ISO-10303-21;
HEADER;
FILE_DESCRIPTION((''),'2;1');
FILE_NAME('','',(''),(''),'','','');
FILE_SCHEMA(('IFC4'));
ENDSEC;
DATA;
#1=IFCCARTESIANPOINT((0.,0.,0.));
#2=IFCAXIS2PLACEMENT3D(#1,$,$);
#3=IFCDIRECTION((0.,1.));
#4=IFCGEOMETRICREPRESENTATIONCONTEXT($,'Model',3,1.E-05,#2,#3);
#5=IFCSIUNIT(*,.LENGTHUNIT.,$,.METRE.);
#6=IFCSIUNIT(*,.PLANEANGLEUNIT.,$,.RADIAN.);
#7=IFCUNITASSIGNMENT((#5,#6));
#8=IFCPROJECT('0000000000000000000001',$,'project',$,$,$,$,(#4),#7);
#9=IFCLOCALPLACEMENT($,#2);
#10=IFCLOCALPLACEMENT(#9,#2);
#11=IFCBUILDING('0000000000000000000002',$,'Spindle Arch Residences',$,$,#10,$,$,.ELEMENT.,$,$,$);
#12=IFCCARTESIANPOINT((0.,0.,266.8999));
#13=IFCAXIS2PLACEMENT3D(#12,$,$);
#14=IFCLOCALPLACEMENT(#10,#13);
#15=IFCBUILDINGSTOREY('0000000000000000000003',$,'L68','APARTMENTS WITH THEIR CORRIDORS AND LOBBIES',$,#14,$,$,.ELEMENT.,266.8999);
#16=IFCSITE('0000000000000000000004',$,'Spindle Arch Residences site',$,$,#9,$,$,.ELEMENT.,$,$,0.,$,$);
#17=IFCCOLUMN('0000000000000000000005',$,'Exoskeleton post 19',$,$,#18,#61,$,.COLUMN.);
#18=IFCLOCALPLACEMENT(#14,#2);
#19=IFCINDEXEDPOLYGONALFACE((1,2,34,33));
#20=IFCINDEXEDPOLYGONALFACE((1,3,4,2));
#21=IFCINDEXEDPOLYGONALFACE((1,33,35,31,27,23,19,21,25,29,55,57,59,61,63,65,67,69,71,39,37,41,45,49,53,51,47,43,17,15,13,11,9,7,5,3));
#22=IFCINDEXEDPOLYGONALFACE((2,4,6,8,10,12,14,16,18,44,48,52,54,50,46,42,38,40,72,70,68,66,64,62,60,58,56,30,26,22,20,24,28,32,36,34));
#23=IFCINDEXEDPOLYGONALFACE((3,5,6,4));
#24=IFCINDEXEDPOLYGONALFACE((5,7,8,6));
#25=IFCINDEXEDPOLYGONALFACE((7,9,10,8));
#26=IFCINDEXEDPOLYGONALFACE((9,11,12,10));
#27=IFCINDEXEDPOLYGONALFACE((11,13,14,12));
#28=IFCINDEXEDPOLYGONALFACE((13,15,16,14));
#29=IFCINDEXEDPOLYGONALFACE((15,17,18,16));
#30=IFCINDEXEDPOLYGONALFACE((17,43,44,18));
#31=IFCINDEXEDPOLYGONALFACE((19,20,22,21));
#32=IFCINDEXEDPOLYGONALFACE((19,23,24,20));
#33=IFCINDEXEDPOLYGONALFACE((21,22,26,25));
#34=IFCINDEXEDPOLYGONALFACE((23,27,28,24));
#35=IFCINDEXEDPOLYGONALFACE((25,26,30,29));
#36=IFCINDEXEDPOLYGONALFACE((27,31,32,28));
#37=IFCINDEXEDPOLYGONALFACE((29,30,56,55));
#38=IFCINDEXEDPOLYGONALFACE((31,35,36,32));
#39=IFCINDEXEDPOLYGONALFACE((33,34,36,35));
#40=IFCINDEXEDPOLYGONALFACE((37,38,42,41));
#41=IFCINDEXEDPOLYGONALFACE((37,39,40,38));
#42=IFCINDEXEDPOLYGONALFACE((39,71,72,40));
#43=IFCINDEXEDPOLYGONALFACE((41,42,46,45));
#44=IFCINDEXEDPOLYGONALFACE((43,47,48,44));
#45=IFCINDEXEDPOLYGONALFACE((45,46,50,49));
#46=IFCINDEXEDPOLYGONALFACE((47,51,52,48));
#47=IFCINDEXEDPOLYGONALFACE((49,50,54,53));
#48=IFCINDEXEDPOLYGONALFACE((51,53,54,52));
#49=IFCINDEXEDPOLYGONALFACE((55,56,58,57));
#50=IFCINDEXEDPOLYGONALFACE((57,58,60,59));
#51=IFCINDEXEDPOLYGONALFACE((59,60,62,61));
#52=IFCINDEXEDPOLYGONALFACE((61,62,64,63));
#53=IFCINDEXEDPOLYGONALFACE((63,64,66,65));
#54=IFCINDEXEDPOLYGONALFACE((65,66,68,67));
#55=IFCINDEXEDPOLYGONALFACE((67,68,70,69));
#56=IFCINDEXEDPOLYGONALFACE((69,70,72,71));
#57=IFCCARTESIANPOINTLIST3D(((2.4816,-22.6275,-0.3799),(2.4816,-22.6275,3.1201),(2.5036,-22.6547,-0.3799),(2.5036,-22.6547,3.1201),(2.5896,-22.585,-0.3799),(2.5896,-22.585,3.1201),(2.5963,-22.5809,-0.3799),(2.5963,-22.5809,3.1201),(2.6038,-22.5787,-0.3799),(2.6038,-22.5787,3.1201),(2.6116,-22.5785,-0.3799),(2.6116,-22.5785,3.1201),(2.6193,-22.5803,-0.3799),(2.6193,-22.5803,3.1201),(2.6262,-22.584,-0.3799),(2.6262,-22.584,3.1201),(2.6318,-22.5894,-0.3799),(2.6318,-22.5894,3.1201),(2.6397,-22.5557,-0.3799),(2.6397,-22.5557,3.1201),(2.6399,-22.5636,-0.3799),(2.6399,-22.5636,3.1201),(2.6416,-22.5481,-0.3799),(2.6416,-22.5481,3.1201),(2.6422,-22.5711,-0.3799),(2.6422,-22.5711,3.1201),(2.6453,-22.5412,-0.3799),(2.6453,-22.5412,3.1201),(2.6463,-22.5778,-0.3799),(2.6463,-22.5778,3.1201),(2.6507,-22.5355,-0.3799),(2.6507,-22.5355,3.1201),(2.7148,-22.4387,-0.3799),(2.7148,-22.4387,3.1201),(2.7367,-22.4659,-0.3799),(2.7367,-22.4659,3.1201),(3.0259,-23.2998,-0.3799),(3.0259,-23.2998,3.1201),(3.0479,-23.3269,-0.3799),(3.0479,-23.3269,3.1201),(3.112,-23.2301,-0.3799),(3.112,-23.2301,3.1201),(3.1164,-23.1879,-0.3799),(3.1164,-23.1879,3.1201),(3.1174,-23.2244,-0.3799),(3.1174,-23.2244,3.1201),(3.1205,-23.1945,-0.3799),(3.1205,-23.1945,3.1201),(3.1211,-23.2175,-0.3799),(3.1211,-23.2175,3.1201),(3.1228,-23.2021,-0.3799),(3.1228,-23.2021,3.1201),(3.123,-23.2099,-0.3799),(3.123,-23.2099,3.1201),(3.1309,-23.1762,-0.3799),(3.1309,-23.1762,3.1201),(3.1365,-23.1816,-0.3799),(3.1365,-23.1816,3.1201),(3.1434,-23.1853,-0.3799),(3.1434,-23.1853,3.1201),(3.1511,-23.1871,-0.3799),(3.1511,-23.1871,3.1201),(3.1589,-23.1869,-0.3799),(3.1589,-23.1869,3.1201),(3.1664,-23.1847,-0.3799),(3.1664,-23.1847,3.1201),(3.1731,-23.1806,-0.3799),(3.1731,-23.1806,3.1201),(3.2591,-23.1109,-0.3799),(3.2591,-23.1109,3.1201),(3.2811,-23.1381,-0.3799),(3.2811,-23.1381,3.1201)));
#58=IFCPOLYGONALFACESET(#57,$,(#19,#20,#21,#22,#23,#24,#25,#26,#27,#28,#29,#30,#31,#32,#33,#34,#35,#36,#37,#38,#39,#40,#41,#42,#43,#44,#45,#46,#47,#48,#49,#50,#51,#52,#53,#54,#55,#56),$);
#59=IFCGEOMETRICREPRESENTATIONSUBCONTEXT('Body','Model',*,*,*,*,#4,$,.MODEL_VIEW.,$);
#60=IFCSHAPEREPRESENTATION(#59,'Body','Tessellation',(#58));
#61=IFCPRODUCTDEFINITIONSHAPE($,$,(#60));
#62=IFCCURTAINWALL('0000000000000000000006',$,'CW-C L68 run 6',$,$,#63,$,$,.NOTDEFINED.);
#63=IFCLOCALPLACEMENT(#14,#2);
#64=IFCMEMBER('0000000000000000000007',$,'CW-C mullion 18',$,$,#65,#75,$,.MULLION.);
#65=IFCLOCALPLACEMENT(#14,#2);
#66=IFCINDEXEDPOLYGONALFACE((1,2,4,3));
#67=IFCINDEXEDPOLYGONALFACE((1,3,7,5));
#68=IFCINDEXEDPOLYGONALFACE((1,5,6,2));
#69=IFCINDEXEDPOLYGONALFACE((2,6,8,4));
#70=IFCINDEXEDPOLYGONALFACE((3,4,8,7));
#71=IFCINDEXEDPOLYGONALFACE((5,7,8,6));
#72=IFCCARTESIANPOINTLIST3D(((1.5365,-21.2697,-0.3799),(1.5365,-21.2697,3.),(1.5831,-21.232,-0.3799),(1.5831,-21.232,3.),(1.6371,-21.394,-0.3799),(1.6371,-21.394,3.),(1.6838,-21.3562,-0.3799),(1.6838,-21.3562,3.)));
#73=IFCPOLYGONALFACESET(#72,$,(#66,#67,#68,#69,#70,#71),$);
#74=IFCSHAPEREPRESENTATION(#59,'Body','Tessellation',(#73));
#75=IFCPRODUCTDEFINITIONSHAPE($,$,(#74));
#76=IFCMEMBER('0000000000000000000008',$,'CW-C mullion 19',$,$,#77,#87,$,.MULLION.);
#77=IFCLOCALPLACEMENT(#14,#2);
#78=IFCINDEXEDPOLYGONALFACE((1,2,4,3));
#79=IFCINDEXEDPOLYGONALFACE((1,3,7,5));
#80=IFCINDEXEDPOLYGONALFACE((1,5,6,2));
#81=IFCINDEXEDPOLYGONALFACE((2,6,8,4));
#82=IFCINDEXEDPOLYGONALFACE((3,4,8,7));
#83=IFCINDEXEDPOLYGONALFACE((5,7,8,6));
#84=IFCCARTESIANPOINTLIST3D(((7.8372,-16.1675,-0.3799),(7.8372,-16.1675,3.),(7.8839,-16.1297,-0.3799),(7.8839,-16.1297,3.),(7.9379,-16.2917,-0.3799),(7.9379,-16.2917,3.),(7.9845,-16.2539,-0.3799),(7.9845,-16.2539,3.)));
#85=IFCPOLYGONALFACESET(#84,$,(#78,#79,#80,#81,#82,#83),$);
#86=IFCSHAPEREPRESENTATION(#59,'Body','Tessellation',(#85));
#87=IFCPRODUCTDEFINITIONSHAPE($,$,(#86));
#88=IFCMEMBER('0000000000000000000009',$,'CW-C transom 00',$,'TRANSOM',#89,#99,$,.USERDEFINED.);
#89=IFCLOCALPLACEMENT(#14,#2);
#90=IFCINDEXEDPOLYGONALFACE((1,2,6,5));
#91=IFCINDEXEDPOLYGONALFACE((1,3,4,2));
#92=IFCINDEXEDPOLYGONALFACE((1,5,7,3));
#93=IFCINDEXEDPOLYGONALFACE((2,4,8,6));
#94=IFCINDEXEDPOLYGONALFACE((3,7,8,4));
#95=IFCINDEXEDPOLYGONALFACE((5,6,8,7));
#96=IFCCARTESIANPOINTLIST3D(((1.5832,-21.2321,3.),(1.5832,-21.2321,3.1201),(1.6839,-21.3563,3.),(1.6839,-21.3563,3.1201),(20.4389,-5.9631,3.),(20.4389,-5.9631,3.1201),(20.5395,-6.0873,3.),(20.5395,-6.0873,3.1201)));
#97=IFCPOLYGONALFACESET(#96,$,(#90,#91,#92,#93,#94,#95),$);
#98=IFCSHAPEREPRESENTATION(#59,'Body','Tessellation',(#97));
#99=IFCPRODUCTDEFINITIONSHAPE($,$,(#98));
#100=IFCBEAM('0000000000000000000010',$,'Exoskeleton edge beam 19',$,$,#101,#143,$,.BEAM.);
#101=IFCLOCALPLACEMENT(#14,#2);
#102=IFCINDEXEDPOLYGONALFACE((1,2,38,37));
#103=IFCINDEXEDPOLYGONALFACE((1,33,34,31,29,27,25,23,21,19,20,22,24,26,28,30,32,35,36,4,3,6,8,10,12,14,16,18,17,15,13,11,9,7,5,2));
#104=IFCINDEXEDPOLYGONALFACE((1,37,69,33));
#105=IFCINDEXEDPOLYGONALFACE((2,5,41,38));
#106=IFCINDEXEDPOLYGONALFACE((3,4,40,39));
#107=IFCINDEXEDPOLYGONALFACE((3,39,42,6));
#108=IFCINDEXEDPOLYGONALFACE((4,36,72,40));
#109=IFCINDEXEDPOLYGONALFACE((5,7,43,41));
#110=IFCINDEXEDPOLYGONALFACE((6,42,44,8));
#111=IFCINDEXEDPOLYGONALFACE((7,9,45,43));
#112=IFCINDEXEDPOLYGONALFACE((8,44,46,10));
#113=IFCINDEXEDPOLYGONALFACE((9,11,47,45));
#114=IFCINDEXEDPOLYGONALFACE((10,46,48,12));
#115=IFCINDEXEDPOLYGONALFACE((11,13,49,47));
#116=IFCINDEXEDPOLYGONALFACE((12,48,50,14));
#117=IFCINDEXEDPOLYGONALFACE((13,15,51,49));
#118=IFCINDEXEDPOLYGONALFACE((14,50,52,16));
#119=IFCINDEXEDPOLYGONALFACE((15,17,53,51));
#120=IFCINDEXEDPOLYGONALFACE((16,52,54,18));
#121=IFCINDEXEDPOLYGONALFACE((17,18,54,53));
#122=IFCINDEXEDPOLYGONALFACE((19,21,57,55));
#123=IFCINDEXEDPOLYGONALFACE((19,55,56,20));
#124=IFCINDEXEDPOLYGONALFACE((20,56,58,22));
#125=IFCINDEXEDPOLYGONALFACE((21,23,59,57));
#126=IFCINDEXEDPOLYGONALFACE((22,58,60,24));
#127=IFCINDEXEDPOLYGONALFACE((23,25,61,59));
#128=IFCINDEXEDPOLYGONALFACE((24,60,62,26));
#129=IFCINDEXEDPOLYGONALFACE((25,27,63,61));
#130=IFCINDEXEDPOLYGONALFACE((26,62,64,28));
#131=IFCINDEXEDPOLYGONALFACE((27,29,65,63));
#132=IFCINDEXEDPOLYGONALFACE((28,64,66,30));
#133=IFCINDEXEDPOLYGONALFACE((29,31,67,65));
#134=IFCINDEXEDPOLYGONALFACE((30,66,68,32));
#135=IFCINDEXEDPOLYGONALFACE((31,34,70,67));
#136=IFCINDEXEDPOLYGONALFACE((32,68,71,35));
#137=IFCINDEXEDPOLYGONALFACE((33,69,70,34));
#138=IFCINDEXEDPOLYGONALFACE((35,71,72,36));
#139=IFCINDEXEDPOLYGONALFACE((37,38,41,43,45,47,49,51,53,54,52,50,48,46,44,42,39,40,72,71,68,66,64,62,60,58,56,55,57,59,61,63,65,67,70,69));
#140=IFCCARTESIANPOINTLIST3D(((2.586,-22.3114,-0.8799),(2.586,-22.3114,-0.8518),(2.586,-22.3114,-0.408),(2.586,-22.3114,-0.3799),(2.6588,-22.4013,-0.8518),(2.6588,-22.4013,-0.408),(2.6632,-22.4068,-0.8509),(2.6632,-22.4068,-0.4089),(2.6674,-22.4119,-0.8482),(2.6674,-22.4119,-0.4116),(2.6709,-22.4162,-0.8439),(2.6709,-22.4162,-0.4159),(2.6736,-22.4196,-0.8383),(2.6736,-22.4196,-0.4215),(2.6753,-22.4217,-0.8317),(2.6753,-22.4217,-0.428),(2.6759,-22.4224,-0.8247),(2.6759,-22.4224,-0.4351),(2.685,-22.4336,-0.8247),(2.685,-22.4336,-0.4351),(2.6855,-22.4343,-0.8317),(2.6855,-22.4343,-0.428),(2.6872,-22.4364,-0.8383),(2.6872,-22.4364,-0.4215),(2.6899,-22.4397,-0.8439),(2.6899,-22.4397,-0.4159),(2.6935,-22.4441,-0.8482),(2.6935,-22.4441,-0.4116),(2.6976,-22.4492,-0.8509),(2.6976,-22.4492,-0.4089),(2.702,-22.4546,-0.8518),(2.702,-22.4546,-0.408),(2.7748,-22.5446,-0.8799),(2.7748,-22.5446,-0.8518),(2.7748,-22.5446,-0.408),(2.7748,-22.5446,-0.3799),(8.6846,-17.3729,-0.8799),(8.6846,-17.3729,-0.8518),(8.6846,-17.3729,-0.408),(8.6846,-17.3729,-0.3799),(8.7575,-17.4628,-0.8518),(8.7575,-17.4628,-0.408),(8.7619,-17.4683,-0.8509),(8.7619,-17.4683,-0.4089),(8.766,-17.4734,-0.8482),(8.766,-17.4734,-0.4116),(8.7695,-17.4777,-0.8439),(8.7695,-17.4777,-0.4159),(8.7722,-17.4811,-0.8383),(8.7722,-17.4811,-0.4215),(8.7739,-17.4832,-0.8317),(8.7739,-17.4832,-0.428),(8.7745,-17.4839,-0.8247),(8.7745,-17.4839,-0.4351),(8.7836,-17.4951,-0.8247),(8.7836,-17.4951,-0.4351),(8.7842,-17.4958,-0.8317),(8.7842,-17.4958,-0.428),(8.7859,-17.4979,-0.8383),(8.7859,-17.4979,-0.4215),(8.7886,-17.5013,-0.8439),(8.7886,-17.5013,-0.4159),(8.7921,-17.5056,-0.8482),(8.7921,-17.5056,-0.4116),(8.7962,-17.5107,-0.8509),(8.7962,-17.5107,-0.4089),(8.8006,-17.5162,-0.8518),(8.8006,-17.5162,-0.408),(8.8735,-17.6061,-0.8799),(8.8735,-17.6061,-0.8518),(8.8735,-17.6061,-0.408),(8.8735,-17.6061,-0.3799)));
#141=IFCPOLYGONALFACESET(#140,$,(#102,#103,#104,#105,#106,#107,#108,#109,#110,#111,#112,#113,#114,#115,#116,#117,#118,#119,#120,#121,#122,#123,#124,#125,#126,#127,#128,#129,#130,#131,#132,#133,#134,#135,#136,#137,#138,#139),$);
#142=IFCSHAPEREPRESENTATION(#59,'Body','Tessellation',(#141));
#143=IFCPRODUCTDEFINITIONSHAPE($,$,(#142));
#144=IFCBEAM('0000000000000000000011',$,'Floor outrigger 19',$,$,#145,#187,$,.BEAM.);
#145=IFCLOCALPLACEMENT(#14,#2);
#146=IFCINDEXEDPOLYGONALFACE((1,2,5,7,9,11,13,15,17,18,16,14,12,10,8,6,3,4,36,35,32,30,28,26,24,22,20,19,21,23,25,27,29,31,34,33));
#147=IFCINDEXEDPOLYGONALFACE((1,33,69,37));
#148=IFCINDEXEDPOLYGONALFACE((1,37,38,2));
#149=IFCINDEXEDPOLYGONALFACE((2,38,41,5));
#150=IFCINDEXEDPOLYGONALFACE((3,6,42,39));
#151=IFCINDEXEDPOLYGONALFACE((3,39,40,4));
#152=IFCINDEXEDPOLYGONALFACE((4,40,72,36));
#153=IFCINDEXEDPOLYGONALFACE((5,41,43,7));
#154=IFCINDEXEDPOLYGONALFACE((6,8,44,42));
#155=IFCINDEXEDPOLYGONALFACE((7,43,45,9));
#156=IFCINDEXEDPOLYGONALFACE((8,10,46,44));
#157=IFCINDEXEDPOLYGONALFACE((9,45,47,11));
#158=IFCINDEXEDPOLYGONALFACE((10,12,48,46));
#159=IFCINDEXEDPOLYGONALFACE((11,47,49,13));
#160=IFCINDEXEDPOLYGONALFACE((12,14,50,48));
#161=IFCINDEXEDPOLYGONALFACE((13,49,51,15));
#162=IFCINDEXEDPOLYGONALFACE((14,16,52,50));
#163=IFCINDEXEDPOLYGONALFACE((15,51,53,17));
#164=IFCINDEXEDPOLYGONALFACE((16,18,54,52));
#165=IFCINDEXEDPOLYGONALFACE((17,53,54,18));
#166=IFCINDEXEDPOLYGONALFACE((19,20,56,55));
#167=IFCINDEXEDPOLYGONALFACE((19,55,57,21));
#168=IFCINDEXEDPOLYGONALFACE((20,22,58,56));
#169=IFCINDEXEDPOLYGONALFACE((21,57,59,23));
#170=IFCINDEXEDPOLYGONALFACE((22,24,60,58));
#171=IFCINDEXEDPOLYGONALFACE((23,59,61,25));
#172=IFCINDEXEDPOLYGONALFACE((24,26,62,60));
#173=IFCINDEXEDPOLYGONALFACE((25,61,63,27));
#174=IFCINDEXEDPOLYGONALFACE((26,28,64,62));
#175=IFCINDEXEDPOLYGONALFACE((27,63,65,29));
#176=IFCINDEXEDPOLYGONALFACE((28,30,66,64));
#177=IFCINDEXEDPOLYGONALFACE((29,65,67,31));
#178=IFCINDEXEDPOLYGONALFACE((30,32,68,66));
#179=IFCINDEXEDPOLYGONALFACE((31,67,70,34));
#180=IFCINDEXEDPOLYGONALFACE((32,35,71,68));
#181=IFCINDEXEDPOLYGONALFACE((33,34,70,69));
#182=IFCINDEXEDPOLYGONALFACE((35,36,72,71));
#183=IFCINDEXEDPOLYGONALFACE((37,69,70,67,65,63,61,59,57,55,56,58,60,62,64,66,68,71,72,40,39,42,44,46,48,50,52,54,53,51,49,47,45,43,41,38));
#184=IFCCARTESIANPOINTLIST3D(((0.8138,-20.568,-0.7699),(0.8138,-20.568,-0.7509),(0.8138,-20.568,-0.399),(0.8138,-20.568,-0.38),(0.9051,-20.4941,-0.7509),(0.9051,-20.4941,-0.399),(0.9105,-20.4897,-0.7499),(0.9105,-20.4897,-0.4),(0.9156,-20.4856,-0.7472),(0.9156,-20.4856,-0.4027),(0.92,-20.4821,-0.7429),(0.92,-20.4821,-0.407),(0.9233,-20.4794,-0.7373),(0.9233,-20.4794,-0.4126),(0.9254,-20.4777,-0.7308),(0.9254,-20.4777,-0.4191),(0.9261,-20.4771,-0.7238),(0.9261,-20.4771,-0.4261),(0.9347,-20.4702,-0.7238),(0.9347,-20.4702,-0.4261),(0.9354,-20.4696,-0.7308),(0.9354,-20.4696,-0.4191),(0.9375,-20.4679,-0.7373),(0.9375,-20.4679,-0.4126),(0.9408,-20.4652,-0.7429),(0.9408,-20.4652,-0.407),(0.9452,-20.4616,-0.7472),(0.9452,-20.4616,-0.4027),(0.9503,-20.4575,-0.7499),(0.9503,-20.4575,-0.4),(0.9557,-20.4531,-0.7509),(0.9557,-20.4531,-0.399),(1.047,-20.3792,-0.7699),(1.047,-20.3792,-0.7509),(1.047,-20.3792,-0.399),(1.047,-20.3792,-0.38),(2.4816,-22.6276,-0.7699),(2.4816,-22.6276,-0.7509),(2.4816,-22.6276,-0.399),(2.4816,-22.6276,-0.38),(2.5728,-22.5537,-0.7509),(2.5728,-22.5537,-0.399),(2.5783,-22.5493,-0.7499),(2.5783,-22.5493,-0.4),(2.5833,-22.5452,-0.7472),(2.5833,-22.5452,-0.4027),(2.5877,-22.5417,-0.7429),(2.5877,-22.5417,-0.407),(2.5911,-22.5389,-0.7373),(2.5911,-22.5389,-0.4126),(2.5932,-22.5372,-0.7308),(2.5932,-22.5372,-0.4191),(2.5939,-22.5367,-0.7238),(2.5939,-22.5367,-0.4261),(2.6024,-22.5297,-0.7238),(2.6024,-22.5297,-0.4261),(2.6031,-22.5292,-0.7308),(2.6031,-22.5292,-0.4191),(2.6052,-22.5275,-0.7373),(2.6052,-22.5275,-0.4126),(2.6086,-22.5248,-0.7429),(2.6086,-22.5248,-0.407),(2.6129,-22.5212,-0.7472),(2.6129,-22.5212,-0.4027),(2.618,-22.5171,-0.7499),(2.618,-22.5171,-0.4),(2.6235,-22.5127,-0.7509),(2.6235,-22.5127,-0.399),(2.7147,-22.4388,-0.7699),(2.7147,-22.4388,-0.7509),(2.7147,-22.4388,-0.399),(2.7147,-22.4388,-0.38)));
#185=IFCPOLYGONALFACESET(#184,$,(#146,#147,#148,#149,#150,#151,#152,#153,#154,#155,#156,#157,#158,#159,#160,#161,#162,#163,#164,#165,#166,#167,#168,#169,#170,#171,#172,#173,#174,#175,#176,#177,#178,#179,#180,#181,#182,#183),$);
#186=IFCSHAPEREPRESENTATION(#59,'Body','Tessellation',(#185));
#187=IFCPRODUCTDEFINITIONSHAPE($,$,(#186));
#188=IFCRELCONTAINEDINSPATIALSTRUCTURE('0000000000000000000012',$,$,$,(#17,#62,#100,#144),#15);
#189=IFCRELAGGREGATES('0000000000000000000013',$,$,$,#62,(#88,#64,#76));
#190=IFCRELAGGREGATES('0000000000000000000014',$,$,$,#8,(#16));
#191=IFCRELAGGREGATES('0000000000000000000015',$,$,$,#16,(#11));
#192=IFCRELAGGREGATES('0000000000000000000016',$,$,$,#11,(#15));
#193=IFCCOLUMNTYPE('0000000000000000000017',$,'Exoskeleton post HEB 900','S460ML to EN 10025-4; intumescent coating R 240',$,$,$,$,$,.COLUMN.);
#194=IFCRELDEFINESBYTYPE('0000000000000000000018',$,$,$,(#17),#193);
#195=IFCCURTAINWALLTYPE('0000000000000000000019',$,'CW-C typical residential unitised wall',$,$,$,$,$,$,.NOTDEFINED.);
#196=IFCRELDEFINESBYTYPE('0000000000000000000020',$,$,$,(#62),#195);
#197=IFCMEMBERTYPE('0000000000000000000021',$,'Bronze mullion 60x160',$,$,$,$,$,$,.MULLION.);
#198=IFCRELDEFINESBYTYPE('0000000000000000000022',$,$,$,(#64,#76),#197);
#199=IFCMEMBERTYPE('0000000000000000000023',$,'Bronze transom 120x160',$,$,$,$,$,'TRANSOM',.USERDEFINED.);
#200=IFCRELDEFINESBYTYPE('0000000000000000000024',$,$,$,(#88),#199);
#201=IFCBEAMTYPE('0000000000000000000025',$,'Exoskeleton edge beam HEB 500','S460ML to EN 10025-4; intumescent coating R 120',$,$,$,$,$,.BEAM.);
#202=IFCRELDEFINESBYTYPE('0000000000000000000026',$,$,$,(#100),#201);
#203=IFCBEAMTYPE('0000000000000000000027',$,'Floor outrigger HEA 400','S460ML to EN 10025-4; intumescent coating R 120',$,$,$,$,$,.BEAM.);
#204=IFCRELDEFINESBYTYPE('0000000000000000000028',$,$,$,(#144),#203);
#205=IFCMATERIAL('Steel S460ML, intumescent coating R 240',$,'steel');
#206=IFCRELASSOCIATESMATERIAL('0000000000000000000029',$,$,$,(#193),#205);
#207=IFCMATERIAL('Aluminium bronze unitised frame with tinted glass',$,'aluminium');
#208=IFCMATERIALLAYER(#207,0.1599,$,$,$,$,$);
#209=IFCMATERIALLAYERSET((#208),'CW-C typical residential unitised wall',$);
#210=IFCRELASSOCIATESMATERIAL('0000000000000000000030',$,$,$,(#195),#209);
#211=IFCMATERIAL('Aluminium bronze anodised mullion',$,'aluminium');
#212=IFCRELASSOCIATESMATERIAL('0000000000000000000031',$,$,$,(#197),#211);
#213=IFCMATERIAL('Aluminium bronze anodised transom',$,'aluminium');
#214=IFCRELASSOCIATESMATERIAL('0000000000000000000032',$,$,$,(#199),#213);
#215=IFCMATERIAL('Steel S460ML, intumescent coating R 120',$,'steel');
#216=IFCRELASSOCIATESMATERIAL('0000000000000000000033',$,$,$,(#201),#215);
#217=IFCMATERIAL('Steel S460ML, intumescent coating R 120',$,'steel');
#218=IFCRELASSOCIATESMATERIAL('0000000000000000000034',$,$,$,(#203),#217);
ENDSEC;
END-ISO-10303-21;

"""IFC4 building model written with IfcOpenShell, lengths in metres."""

from ifc_helpers import new_model, si_unit, direction, frame, origin, origin_2d, place, context, subcontext, project, spatial, rectangle, i_section, extrude, material, layer, layer_set, material_profile, profile_set, type_object, element, aggregate, save


model = new_model("IFC4")

# Units and contexts
model_context = context("Model", 3, precision=1e-05, world=origin(), true_north=direction((0.0, 1.0)))
body_context = subcontext(model_context, "Body", "Model", "MODEL_VIEW")
ifc_project = project(units=[si_unit("LENGTHUNIT", "METRE"), si_unit("PLANEANGLEUNIT", "RADIAN")], contexts=[model_context])

# Site, building, storey
site_placement = place(None, origin())
site = spatial("IfcSite", under=ifc_project, at=site_placement, Name="Spindle Arch Residences site", CompositionType="ELEMENT", RefElevation=0.0)
building_placement = place(site_placement, origin())
building = spatial("IfcBuilding", under=site, at=building_placement, Name="Spindle Arch Residences", CompositionType="ELEMENT")
storey_placement = place(building_placement, frame((0.0, 0.0, 266.8999)))
storey = spatial("IfcBuildingStorey", under=building, at=storey_placement, Name="L68", Description="APARTMENTS WITH THEIR CORRIDORS AND LOBBIES", CompositionType="ELEMENT", Elevation=266.8999)

# Column
ifc_material_1 = material(Name="Steel S460ML, intumescent coating R 240", Category="steel")
ifc_material_profile_1 = material_profile(ifc_material_1, i_section(OverallWidth=0.3, OverallDepth=0.8999, WebThickness=0.0186, FlangeThickness=0.0349, FilletRadius=0.03, at=origin_2d()), Name="HEB 900")
ifc_profile_set_1 = profile_set([ifc_material_profile_1], Name="Steel S460ML, intumescent coating R 240")
column_type = type_object("IfcColumnType", Name="Exoskeleton post HEB 900", Description="S460ML to EN 10025-4; intumescent coating R 240", PredefinedType="COLUMN", material=ifc_profile_set_1)
column_placement = place(storey_placement, frame((2.8813, -22.8828, -0.3799), z_axis=(0.0, 0.0, 1.0), x_axis=(-0.777146, -0.62932, 0.0)))
element("IfcColumn", 1, at=column_placement, inside=storey, type_object=column_type, Name="Exoskeleton post 19", PredefinedType="COLUMN", context=body_context, shape_type="SweptSolid", body=[
    extrude(i_section(OverallWidth=0.3, OverallDepth=0.8999, WebThickness=0.0186, FlangeThickness=0.0349, FilletRadius=0.03, at=origin_2d()), origin(), (0.0, 0.0, 1.0), 3.5),
])

# Curtain wall, members
ifc_material_2 = material(Name="Aluminium bronze unitised frame with tinted glass", Category="aluminium")
ifc_layer_1 = layer(ifc_material_2, 0.1599)
ifc_layer_set_1 = layer_set([ifc_layer_1], Name="CW-C typical residential unitised wall")
curtain_wall_type_1 = type_object("IfcCurtainWallType", Name="CW-C typical residential unitised wall", PredefinedType="NOTDEFINED", material=ifc_layer_set_1)
curtain_wall_1_placement = place(storey_placement, origin())
curtain_wall_1 = element("IfcCurtainWall", 2, at=curtain_wall_1_placement, inside=storey, type_object=curtain_wall_type_1, Name="CW-C L68 run 6", PredefinedType="NOTDEFINED")
ifc_material_3 = material(Name="Aluminium bronze anodised mullion", Category="aluminium")
ifc_material_profile_2 = material_profile(ifc_material_3, rectangle(XDim=0.1599, YDim=0.0601, at=origin_2d()), Name="MU 60x160")
ifc_profile_set_2 = profile_set([ifc_material_profile_2], Name="Aluminium bronze anodised mullion")
member_type_1 = type_object("IfcMemberType", Name="Bronze mullion 60x160", PredefinedType="MULLION", material=ifc_profile_set_2)
member_1_placement = place(storey_placement, frame((1.6101, -21.313, -0.3799), z_axis=(0.0, 0.0, 1.0), x_axis=(-0.62932, 0.777146, 0.0)))
member_1 = element("IfcMember", 3, at=member_1_placement, type_object=member_type_1, Name="CW-C mullion 18", PredefinedType="MULLION", context=body_context, shape_type="SweptSolid", body=[
    extrude(rectangle(XDim=0.1599, YDim=0.0601, at=origin_2d()), origin(), (0.0, 0.0, 1.0), 3.3799),
])
member_2_placement = place(storey_placement, frame((7.9109, -16.2107, -0.3799), z_axis=(0.0, 0.0, 1.0), x_axis=(-0.62932, 0.777146, 0.0)))
member_2 = element("IfcMember", 4, at=member_2_placement, type_object=member_type_1, Name="CW-C mullion 19", PredefinedType="MULLION", context=body_context, shape_type="SweptSolid", body=[
    extrude(rectangle(XDim=0.1599, YDim=0.0601, at=origin_2d()), origin(), (0.0, 0.0, 1.0), 3.3799),
])
ifc_material_4 = material(Name="Aluminium bronze anodised transom", Category="aluminium")
ifc_material_profile_3 = material_profile(ifc_material_4, rectangle(XDim=0.1599, YDim=0.1201, at=origin_2d()), Name="TR 120x160")
ifc_profile_set_3 = profile_set([ifc_material_profile_3], Name="Aluminium bronze anodised transom")
member_type_2 = type_object("IfcMemberType", Name="Bronze transom 120x160", ElementType="TRANSOM", PredefinedType="USERDEFINED", material=ifc_profile_set_3)
member_3_placement = place(storey_placement, frame((1.6335, -21.2942, 3.0601), z_axis=(0.777146, 0.62932, 0.0), x_axis=(-0.62932, 0.777146, 0.0)))
member_3 = element("IfcMember", 5, at=member_3_placement, type_object=member_type_2, Name="CW-C transom 00", ObjectType="TRANSOM", PredefinedType="USERDEFINED", context=body_context, shape_type="SweptSolid", body=[
    extrude(rectangle(XDim=0.1599, YDim=0.1201, at=origin_2d()), origin(), (0.0, 0.0, 1.0), 24.2627),
])

# Beams
ifc_material_5 = material(Name="Steel S460ML, intumescent coating R 120", Category="steel")
ifc_material_profile_4 = material_profile(ifc_material_5, i_section(OverallWidth=0.3, OverallDepth=0.5, WebThickness=0.0144, FlangeThickness=0.0281, FilletRadius=0.0271, at=origin_2d()), Name="HEB 500")
ifc_profile_set_4 = profile_set([ifc_material_profile_4], Name="Steel S460ML, intumescent coating R 120")
beam_type_1 = type_object("IfcBeamType", Name="Exoskeleton edge beam HEB 500", Description="S460ML to EN 10025-4; intumescent coating R 120", PredefinedType="BEAM", material=ifc_profile_set_4)
beam_1_placement = place(storey_placement, frame((2.6804, -22.428, -0.6299), z_axis=(0.777152, 0.629313, 0.0), x_axis=(-0.629313, 0.777152, 0.0)))
element("IfcBeam", 6, at=beam_1_placement, inside=storey, type_object=beam_type_1, Name="Exoskeleton edge beam 19", PredefinedType="BEAM", context=body_context, shape_type="SweptSolid", body=[
    extrude(i_section(OverallWidth=0.3, OverallDepth=0.5, WebThickness=0.0144, FlangeThickness=0.0281, FilletRadius=0.0271, at=origin_2d()), origin(), (0.0, 0.0, 1.0), 7.8474),
])
ifc_material_6 = material(Name="Steel S460ML, intumescent coating R 120", Category="steel")
ifc_material_profile_5 = material_profile(ifc_material_6, i_section(OverallWidth=0.3, OverallDepth=0.3899, WebThickness=0.011, FlangeThickness=0.019, FilletRadius=0.0271, at=origin_2d()), Name="HEA 400")
ifc_profile_set_5 = profile_set([ifc_material_profile_5], Name="Steel S460ML, intumescent coating R 120")
beam_type_2 = type_object("IfcBeamType", Name="Floor outrigger HEA 400", Description="S460ML to EN 10025-4; intumescent coating R 120", PredefinedType="BEAM", material=ifc_profile_set_5)
beam_2_placement = place(storey_placement, frame((2.5981, -22.5332, -0.575), z_axis=(-0.629302, 0.777161, 0.0), x_axis=(-0.777161, -0.629302, 0.0)))
element("IfcBeam", 7, at=beam_2_placement, inside=storey, type_object=beam_type_2, Name="Floor outrigger 19", PredefinedType="BEAM", context=body_context, shape_type="SweptSolid", body=[
    extrude(i_section(OverallWidth=0.3, OverallDepth=0.3899, WebThickness=0.011, FlangeThickness=0.019, FilletRadius=0.0271, at=origin_2d()), origin(), (0.0, 0.0, 1.0), 2.6501),
])

aggregate(curtain_wall_1, [member_3, member_1, member_2])

save(model, "model.ifc")
